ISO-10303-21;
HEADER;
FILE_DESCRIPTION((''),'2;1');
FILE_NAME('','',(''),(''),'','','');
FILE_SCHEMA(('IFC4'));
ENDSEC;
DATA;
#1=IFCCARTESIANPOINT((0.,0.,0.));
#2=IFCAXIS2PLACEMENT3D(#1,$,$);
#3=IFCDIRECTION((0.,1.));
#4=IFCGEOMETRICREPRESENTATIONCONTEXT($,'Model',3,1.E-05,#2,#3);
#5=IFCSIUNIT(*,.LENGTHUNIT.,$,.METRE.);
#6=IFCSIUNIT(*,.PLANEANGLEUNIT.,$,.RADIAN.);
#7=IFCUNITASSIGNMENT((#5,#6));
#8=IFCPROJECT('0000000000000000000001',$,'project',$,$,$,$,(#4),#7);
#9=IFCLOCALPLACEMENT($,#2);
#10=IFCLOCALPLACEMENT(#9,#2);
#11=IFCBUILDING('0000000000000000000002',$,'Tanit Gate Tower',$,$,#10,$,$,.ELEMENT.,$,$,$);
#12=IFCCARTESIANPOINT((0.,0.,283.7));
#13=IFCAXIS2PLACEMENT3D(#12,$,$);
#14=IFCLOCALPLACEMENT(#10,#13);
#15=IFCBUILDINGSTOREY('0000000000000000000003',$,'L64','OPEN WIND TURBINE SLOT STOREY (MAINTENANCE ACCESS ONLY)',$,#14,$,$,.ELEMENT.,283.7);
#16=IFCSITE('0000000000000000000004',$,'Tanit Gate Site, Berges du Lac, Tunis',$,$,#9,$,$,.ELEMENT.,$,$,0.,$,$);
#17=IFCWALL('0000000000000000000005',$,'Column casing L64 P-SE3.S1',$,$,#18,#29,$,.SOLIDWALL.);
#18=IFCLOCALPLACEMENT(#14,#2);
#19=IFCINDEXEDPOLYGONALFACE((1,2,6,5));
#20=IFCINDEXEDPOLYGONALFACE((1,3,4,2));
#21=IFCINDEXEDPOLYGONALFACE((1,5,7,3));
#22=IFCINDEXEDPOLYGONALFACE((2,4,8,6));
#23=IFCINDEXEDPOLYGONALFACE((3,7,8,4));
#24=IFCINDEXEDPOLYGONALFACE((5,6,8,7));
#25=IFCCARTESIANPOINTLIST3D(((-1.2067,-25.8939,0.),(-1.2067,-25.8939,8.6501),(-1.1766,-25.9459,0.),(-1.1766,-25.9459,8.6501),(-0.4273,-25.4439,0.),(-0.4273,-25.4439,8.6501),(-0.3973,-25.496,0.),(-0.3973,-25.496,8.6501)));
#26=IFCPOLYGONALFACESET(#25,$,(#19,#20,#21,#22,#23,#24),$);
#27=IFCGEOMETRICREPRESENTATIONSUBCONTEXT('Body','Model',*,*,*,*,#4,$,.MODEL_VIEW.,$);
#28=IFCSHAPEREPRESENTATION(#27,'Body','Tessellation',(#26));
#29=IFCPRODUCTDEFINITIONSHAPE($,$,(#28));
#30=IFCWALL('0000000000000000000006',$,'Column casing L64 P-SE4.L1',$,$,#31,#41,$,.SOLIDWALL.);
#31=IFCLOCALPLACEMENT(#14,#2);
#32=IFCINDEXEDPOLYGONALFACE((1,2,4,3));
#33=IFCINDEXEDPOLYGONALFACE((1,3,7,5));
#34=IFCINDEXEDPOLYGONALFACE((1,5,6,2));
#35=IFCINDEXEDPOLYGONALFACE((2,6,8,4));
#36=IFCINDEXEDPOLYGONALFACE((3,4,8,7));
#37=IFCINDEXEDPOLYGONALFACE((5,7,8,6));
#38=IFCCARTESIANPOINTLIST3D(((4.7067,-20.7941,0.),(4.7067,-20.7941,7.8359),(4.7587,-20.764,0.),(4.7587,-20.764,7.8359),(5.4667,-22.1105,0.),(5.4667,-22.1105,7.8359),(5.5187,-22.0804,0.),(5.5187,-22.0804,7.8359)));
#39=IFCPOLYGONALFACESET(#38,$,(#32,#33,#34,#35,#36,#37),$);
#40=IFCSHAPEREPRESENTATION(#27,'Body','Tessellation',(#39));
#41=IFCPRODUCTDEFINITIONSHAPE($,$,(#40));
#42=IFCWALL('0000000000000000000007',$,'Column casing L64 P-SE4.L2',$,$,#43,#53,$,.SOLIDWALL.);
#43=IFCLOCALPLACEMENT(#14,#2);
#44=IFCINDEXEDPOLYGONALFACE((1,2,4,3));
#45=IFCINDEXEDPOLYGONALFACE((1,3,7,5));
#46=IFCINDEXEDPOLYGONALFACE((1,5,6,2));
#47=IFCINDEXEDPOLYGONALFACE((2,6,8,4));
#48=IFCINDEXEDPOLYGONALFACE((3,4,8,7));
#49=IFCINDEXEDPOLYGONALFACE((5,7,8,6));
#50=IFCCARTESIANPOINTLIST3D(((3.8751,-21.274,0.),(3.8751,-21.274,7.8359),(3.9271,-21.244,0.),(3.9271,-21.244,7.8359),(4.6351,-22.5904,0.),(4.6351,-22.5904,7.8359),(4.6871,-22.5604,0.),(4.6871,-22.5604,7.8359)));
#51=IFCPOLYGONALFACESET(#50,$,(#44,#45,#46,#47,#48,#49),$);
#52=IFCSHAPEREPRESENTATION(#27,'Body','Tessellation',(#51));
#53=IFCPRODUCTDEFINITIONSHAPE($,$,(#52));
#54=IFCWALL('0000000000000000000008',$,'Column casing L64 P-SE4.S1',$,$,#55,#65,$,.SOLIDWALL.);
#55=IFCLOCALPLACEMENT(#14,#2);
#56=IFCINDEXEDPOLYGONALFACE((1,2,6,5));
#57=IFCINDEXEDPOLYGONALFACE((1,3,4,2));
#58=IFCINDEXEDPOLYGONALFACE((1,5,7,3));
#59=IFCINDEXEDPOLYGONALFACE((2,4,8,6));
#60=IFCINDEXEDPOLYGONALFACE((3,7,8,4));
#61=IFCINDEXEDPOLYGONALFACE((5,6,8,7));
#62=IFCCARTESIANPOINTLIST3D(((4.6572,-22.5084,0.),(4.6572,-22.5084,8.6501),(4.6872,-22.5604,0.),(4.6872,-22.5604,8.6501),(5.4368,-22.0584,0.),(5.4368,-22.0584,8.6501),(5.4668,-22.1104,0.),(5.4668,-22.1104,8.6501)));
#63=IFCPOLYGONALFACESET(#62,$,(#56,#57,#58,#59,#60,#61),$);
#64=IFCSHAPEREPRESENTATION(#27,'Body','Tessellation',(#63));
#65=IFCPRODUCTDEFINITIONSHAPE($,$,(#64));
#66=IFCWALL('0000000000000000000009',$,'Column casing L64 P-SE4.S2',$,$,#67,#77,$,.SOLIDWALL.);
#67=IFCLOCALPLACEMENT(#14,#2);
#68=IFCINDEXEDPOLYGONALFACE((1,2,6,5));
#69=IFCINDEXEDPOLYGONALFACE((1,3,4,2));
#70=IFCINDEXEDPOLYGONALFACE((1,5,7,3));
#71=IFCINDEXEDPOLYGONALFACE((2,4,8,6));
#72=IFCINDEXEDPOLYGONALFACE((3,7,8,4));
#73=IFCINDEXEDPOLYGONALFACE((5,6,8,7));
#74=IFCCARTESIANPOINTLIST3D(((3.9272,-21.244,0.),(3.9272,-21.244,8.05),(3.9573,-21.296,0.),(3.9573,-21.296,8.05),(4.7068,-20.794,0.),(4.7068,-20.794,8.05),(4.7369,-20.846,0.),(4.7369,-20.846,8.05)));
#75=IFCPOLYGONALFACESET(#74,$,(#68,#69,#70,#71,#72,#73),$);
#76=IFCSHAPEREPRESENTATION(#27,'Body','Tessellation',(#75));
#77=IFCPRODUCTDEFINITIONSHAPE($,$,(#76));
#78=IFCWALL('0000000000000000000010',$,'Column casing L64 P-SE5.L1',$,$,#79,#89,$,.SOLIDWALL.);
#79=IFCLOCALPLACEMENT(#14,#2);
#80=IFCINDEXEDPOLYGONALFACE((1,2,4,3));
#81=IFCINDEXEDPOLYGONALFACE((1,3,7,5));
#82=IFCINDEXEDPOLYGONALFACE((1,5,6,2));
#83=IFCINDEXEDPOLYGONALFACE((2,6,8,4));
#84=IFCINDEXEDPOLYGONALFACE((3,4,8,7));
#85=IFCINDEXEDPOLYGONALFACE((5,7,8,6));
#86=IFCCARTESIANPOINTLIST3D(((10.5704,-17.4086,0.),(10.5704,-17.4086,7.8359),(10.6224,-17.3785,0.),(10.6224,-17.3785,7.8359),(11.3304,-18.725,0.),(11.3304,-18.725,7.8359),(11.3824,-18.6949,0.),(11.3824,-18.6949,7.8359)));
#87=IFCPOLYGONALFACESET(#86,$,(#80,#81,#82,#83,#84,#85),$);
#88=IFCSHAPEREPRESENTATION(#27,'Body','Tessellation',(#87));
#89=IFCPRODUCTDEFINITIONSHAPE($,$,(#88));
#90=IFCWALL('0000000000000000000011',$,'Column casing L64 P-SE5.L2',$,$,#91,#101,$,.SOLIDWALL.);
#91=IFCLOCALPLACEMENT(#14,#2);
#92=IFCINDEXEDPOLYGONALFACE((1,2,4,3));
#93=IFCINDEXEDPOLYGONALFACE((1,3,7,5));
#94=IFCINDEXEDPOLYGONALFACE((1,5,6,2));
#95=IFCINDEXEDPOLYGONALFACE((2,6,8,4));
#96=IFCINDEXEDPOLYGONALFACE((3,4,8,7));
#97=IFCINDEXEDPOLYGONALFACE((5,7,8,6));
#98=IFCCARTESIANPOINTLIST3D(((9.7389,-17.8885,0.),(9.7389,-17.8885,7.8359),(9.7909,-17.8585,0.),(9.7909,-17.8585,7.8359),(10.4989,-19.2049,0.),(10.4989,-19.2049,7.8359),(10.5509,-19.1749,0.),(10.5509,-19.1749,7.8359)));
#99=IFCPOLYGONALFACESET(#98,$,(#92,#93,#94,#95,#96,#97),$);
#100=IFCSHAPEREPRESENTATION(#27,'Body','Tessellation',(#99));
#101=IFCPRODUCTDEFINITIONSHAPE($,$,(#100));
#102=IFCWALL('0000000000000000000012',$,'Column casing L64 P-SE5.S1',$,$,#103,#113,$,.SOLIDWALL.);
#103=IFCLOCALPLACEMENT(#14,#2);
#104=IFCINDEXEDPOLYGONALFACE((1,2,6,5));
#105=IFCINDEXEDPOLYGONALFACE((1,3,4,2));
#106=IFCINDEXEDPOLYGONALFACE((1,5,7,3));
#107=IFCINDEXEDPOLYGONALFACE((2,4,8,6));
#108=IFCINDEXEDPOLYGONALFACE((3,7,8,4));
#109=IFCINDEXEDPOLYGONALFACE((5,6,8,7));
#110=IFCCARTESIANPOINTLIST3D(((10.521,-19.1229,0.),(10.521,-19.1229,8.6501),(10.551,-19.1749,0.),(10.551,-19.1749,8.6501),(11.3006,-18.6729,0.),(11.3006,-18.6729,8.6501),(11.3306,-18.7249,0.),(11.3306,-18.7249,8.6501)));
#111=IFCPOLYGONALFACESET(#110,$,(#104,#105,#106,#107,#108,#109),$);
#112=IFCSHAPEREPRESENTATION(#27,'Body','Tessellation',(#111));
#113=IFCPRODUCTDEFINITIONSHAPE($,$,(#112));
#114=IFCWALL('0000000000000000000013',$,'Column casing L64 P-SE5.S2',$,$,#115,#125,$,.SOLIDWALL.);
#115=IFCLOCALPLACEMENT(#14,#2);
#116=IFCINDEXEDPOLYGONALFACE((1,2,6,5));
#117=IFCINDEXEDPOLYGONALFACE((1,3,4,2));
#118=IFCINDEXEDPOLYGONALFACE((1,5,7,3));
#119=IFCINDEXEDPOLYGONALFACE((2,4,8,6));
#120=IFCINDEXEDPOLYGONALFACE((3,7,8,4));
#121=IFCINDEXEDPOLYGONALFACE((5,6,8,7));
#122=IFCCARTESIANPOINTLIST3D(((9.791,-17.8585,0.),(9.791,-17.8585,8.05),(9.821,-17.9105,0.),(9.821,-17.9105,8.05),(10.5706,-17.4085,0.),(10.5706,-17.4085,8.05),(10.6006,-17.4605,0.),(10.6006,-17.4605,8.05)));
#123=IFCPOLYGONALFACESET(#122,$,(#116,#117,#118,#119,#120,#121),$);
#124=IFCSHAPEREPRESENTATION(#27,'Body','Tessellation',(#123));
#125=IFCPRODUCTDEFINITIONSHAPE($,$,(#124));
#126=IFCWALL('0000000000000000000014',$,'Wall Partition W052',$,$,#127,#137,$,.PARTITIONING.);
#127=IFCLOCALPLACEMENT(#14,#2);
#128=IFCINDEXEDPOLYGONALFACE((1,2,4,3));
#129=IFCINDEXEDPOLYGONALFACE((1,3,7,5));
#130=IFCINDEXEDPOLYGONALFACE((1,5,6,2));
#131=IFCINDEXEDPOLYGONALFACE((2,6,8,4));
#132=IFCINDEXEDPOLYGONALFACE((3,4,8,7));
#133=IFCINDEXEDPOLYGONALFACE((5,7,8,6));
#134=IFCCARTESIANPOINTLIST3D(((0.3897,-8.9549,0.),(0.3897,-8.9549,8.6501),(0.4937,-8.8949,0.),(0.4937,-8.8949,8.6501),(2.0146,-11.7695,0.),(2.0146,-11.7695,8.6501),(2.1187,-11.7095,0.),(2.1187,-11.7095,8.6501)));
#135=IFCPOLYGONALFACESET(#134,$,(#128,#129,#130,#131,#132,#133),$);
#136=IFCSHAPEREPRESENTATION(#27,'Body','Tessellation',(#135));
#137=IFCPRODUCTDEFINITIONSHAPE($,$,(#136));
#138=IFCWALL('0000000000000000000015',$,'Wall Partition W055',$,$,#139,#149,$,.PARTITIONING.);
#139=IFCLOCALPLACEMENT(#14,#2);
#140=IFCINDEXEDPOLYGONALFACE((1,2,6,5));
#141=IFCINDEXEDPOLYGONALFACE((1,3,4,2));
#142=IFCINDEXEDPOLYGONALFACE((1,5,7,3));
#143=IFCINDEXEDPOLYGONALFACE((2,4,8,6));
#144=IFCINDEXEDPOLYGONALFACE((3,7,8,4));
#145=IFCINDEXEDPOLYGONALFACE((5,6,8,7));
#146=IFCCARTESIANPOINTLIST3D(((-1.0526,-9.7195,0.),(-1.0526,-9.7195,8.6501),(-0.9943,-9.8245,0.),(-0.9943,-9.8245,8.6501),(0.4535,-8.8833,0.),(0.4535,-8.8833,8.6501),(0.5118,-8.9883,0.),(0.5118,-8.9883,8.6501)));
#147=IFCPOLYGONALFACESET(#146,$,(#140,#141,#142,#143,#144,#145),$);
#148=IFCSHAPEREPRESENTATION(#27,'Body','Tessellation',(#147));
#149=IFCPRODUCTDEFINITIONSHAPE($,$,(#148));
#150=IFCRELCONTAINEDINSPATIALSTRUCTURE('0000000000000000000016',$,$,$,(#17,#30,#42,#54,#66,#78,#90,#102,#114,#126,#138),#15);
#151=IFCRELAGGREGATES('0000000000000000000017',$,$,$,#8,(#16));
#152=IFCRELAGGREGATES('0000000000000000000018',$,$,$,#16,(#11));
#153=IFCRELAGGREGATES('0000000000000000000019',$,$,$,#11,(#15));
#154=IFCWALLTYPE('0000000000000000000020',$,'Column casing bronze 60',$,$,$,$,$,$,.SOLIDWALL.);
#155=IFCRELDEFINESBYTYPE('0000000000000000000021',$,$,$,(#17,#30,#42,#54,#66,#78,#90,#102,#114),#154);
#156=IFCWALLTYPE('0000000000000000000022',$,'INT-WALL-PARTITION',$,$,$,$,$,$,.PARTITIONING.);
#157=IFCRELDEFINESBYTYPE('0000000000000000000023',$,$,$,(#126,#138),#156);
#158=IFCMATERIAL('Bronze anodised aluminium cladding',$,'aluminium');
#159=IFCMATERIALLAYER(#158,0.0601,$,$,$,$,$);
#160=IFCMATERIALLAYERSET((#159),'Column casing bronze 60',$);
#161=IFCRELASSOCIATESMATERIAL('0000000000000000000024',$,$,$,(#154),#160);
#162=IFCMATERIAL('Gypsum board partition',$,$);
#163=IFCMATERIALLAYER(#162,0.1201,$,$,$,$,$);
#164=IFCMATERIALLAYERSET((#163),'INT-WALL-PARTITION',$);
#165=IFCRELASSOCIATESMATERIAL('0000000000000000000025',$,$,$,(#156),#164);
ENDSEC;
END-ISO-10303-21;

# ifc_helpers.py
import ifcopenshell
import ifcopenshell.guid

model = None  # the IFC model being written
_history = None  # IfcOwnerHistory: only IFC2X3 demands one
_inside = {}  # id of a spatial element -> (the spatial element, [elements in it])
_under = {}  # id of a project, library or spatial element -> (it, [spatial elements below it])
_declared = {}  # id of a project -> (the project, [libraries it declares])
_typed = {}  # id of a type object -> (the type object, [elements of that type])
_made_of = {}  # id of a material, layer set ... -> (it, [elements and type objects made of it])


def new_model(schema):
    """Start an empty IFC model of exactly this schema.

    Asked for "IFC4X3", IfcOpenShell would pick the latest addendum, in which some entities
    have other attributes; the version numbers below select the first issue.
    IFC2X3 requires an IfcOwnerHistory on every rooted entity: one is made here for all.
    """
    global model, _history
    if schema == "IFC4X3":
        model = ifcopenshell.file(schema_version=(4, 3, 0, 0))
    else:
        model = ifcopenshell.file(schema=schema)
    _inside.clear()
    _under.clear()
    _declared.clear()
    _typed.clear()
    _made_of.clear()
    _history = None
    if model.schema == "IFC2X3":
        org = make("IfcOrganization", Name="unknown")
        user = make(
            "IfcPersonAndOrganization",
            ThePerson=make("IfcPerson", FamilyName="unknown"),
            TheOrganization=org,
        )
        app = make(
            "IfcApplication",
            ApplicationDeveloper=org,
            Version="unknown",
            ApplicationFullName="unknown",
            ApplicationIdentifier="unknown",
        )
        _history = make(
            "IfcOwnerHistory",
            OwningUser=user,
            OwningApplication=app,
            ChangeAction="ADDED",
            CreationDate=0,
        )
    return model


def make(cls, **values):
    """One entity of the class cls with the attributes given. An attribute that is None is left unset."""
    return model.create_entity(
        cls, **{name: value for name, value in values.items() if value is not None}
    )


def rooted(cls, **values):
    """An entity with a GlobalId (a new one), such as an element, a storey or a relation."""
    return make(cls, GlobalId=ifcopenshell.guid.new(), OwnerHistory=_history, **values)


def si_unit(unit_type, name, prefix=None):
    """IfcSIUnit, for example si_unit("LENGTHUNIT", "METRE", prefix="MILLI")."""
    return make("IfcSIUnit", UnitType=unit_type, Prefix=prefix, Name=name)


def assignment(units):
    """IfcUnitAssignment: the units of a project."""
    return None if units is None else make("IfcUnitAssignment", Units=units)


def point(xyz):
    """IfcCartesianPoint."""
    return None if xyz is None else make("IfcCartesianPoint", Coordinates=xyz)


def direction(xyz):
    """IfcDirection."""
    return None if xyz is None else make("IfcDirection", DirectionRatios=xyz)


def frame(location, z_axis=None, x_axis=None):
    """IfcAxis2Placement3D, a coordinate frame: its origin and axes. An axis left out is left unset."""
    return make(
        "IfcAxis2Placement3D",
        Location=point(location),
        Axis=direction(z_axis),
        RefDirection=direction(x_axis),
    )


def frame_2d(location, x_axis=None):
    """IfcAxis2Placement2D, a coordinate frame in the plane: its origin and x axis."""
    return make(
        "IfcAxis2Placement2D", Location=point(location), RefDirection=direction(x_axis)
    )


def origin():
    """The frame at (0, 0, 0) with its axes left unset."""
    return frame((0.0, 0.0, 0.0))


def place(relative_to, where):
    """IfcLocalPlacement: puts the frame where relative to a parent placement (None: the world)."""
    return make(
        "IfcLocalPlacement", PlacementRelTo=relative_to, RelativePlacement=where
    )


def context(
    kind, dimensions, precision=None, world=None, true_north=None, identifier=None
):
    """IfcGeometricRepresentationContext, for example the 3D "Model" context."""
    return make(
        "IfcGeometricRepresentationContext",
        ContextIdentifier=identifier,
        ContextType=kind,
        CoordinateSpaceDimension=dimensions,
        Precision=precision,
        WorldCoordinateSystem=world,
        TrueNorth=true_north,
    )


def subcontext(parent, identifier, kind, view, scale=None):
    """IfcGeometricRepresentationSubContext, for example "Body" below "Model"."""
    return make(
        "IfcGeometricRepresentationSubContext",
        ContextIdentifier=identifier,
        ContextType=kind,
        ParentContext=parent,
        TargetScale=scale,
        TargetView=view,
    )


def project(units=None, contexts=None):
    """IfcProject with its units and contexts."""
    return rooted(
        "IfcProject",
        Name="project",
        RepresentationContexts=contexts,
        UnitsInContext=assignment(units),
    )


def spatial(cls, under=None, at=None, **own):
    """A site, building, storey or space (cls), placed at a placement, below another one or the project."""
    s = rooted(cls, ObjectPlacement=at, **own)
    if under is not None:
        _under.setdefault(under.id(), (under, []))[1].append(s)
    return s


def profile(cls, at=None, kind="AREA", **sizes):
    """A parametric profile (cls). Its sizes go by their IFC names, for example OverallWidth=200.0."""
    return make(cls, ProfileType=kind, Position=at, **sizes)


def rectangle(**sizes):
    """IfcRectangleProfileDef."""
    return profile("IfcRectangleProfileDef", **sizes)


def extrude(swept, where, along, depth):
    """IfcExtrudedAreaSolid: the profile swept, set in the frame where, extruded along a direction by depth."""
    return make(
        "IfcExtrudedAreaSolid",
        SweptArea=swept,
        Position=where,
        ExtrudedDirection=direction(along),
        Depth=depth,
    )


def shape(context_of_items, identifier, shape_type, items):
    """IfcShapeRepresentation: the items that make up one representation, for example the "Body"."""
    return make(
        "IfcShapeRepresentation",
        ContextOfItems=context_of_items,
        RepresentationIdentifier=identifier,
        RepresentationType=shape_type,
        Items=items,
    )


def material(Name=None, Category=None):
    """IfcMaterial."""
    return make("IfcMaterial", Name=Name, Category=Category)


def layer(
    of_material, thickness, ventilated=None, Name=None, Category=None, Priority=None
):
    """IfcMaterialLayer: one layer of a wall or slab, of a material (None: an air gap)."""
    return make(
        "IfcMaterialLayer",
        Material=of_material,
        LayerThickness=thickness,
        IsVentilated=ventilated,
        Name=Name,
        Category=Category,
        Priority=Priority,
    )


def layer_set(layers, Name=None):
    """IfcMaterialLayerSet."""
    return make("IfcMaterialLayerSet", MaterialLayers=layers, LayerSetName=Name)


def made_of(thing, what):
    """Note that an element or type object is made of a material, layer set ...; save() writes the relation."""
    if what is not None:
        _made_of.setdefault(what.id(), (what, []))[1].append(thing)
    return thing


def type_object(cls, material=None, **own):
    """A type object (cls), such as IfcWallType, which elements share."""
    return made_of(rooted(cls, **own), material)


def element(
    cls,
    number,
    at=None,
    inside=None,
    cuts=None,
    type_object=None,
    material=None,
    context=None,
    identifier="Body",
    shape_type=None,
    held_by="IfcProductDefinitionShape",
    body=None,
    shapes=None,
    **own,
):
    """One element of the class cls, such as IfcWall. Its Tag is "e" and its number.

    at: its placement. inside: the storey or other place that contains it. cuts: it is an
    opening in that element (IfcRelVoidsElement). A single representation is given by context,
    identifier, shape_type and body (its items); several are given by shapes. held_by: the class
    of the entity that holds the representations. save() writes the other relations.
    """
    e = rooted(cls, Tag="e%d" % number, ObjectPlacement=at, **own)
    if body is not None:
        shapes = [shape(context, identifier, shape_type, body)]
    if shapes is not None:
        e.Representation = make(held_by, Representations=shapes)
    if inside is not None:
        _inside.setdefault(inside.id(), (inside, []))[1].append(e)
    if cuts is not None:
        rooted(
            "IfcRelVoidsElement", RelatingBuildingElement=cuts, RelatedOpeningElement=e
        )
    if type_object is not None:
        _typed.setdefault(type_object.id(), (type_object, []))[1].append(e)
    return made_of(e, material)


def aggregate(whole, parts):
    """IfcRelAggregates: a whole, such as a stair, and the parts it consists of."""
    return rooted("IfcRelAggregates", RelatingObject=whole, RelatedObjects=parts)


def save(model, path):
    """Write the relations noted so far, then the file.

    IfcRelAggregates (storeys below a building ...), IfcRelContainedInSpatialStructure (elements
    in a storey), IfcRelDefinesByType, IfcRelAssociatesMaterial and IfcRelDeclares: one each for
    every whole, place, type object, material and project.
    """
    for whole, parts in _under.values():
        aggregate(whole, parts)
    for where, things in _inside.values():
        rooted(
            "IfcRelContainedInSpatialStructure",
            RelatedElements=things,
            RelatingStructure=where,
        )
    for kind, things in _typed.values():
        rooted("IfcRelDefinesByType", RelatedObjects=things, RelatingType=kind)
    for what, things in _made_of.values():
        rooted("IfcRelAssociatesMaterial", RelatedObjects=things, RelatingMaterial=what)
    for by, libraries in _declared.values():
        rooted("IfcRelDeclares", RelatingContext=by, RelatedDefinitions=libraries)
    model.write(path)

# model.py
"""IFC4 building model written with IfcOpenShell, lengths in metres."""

from ifc_helpers import new_model, si_unit, direction, frame, frame_2d, origin, place, context, subcontext, project, spatial, rectangle, extrude, material, layer, layer_set, type_object, element, save


model = new_model("IFC4")

# Units and contexts
model_context = context("Model", 3, precision=1e-05, world=origin(), true_north=direction((0.0, 1.0)))
body_context = subcontext(model_context, "Body", "Model", "MODEL_VIEW")
ifc_project = project(units=[si_unit("LENGTHUNIT", "METRE"), si_unit("PLANEANGLEUNIT", "RADIAN")], contexts=[model_context])

# Site, building, storey
site_placement = place(None, origin())
site = spatial("IfcSite", under=ifc_project, at=site_placement, Name="Tanit Gate Site, Berges du Lac, Tunis", CompositionType="ELEMENT", RefElevation=0.0)
building_placement = place(site_placement, origin())
building = spatial("IfcBuilding", under=site, at=building_placement, Name="Tanit Gate Tower", CompositionType="ELEMENT")
storey_placement = place(building_placement, frame((0.0, 0.0, 283.7)))
storey = spatial("IfcBuildingStorey", under=building, at=storey_placement, Name="L64", Description="OPEN WIND TURBINE SLOT STOREY (MAINTENANCE ACCESS ONLY)", CompositionType="ELEMENT", Elevation=283.7)

# Walls
ifc_material_1 = material(Name="Bronze anodised aluminium cladding", Category="aluminium")
ifc_layer_1 = layer(ifc_material_1, 0.0601)
ifc_layer_set_1 = layer_set([ifc_layer_1], Name="Column casing bronze 60")
wall_type_1 = type_object("IfcWallType", Name="Column casing bronze 60", PredefinedType="SOLIDWALL", material=ifc_layer_set_1)
wall_1_placement = place(storey_placement, frame((-1.1917, -25.9199, 0.0), z_axis=(0.0, 0.0, 1.0), x_axis=(0.866014, 0.50002, 0.0)))
element("IfcWall", 1, at=wall_1_placement, inside=storey, type_object=wall_type_1, Name="Column casing L64 P-SE3.S1", PredefinedType="SOLIDWALL", context=body_context, shape_type="SweptSolid", body=[
    extrude(rectangle(XDim=0.8999, YDim=0.0601, at=frame_2d((0.45, 0.0))), origin(), (0.0, 0.0, 1.0), 8.6501),
])
for number, where, z_axis, x_axis, name in (
    (2, (4.7327, -20.7791, 0.0), (0.0, 0.0, 1.0), (0.499991, -0.86603, 0.0), "Column casing L64 P-SE4.L1"),
    (3, (3.9011, -21.259, 0.0), (0.0, 0.0, 1.0), (0.499991, -0.86603, 0.0), "Column casing L64 P-SE4.L2"),
):
    element("IfcWall", number, at=place(storey_placement, frame(where, z_axis=z_axis, x_axis=x_axis)), inside=storey, type_object=wall_type_1, Name=name, PredefinedType="SOLIDWALL", context=body_context, shape_type="SweptSolid", body=[
        extrude(rectangle(XDim=1.52, YDim=0.0601, at=frame_2d((0.76, 0.0))), origin(), (0.0, 0.0, 1.0), 7.8359),
    ])
wall_2_placement = place(storey_placement, frame((4.6721, -22.5344, 0.0), z_axis=(0.0, 0.0, 1.0), x_axis=(0.866082, 0.499902, 0.0)))
element("IfcWall", 4, at=wall_2_placement, inside=storey, type_object=wall_type_1, Name="Column casing L64 P-SE4.S1", PredefinedType="SOLIDWALL", context=body_context, shape_type="SweptSolid", body=[
    extrude(rectangle(XDim=0.9001, YDim=0.0601, at=frame_2d((0.4502, 0.0))), origin(), (0.0, 0.0, 1.0), 8.6501),
])
wall_3_placement = place(storey_placement, frame((3.9421, -21.27, 0.0), z_axis=(0.0, 0.0, 1.0), x_axis=(0.866082, 0.499902, 0.0)))
element("IfcWall", 5, at=wall_3_placement, inside=storey, type_object=wall_type_1, Name="Column casing L64 P-SE4.S2", PredefinedType="SOLIDWALL", context=body_context, shape_type="SweptSolid", body=[
    extrude(rectangle(XDim=0.9001, YDim=0.0601, at=frame_2d((0.4502, 0.0))), origin(), (0.0, 0.0, 1.0), 8.05),
])
for number, where, z_axis, x_axis, name in (
    (6, (10.5964, -17.3936, 0.0), (0.0, 0.0, 1.0), (0.499991, -0.86603, 0.0), "Column casing L64 P-SE5.L1"),
    (7, (9.7649, -17.8735, 0.0), (0.0, 0.0, 1.0), (0.499991, -0.86603, 0.0), "Column casing L64 P-SE5.L2"),
):
    element("IfcWall", number, at=place(storey_placement, frame(where, z_axis=z_axis, x_axis=x_axis)), inside=storey, type_object=wall_type_1, Name=name, PredefinedType="SOLIDWALL", context=body_context, shape_type="SweptSolid", body=[
        extrude(rectangle(XDim=1.52, YDim=0.0601, at=frame_2d((0.76, 0.0))), origin(), (0.0, 0.0, 1.0), 7.8359),
    ])
wall_4_placement = place(storey_placement, frame((10.5359, -19.1489, 0.0), z_axis=(0.0, 0.0, 1.0), x_axis=(0.866082, 0.499902, 0.0)))
element("IfcWall", 8, at=wall_4_placement, inside=storey, type_object=wall_type_1, Name="Column casing L64 P-SE5.S1", PredefinedType="SOLIDWALL", context=body_context, shape_type="SweptSolid", body=[
    extrude(rectangle(XDim=0.9001, YDim=0.0601, at=frame_2d((0.4502, 0.0))), origin(), (0.0, 0.0, 1.0), 8.6501),
])
wall_5_placement = place(storey_placement, frame((9.8059, -17.8845, 0.0), z_axis=(0.0, 0.0, 1.0), x_axis=(0.866082, 0.499902, 0.0)))
element("IfcWall", 9, at=wall_5_placement, inside=storey, type_object=wall_type_1, Name="Column casing L64 P-SE5.S2", PredefinedType="SOLIDWALL", context=body_context, shape_type="SweptSolid", body=[
    extrude(rectangle(XDim=0.9001, YDim=0.0601, at=frame_2d((0.4502, 0.0))), origin(), (0.0, 0.0, 1.0), 8.05),
])
ifc_material_2 = material(Name="Gypsum board partition")
ifc_layer_2 = layer(ifc_material_2, 0.1201)
ifc_layer_set_2 = layer_set([ifc_layer_2], Name="INT-WALL-PARTITION")
wall_type_2 = type_object("IfcWallType", Name="INT-WALL-PARTITION", PredefinedType="PARTITIONING", material=ifc_layer_set_2)
wall_6_placement = place(storey_placement, frame((2.0667, -11.7395, 0.0), z_axis=(0.0, 0.0, 1.0), x_axis=(-0.499985, 0.866034, 0.0)))
element("IfcWall", 10, at=wall_6_placement, inside=storey, type_object=wall_type_2, Name="Wall Partition W052", PredefinedType="PARTITIONING", context=body_context, shape_type="SweptSolid", body=[
    extrude(rectangle(XDim=3.25, YDim=0.1201, at=frame_2d((1.625, 0.0))), origin(), (0.0, 0.0, 1.0), 8.6501),
])
wall_7_placement = place(storey_placement, frame((-1.0234, -9.772, 0.0), z_axis=(0.0, 0.0, 1.0), x_axis=(0.874291, 0.485402, 0.0)))
element("IfcWall", 11, at=wall_7_placement, inside=storey, type_object=wall_type_2, Name="Wall Partition W055", PredefinedType="PARTITIONING", context=body_context, shape_type="SweptSolid", body=[
    extrude(rectangle(XDim=1.7227, YDim=0.1201, at=frame_2d((0.8613, 0.0))), origin(), (0.0, 0.0, 1.0), 8.6501),
])

save(model, "model.ifc")
